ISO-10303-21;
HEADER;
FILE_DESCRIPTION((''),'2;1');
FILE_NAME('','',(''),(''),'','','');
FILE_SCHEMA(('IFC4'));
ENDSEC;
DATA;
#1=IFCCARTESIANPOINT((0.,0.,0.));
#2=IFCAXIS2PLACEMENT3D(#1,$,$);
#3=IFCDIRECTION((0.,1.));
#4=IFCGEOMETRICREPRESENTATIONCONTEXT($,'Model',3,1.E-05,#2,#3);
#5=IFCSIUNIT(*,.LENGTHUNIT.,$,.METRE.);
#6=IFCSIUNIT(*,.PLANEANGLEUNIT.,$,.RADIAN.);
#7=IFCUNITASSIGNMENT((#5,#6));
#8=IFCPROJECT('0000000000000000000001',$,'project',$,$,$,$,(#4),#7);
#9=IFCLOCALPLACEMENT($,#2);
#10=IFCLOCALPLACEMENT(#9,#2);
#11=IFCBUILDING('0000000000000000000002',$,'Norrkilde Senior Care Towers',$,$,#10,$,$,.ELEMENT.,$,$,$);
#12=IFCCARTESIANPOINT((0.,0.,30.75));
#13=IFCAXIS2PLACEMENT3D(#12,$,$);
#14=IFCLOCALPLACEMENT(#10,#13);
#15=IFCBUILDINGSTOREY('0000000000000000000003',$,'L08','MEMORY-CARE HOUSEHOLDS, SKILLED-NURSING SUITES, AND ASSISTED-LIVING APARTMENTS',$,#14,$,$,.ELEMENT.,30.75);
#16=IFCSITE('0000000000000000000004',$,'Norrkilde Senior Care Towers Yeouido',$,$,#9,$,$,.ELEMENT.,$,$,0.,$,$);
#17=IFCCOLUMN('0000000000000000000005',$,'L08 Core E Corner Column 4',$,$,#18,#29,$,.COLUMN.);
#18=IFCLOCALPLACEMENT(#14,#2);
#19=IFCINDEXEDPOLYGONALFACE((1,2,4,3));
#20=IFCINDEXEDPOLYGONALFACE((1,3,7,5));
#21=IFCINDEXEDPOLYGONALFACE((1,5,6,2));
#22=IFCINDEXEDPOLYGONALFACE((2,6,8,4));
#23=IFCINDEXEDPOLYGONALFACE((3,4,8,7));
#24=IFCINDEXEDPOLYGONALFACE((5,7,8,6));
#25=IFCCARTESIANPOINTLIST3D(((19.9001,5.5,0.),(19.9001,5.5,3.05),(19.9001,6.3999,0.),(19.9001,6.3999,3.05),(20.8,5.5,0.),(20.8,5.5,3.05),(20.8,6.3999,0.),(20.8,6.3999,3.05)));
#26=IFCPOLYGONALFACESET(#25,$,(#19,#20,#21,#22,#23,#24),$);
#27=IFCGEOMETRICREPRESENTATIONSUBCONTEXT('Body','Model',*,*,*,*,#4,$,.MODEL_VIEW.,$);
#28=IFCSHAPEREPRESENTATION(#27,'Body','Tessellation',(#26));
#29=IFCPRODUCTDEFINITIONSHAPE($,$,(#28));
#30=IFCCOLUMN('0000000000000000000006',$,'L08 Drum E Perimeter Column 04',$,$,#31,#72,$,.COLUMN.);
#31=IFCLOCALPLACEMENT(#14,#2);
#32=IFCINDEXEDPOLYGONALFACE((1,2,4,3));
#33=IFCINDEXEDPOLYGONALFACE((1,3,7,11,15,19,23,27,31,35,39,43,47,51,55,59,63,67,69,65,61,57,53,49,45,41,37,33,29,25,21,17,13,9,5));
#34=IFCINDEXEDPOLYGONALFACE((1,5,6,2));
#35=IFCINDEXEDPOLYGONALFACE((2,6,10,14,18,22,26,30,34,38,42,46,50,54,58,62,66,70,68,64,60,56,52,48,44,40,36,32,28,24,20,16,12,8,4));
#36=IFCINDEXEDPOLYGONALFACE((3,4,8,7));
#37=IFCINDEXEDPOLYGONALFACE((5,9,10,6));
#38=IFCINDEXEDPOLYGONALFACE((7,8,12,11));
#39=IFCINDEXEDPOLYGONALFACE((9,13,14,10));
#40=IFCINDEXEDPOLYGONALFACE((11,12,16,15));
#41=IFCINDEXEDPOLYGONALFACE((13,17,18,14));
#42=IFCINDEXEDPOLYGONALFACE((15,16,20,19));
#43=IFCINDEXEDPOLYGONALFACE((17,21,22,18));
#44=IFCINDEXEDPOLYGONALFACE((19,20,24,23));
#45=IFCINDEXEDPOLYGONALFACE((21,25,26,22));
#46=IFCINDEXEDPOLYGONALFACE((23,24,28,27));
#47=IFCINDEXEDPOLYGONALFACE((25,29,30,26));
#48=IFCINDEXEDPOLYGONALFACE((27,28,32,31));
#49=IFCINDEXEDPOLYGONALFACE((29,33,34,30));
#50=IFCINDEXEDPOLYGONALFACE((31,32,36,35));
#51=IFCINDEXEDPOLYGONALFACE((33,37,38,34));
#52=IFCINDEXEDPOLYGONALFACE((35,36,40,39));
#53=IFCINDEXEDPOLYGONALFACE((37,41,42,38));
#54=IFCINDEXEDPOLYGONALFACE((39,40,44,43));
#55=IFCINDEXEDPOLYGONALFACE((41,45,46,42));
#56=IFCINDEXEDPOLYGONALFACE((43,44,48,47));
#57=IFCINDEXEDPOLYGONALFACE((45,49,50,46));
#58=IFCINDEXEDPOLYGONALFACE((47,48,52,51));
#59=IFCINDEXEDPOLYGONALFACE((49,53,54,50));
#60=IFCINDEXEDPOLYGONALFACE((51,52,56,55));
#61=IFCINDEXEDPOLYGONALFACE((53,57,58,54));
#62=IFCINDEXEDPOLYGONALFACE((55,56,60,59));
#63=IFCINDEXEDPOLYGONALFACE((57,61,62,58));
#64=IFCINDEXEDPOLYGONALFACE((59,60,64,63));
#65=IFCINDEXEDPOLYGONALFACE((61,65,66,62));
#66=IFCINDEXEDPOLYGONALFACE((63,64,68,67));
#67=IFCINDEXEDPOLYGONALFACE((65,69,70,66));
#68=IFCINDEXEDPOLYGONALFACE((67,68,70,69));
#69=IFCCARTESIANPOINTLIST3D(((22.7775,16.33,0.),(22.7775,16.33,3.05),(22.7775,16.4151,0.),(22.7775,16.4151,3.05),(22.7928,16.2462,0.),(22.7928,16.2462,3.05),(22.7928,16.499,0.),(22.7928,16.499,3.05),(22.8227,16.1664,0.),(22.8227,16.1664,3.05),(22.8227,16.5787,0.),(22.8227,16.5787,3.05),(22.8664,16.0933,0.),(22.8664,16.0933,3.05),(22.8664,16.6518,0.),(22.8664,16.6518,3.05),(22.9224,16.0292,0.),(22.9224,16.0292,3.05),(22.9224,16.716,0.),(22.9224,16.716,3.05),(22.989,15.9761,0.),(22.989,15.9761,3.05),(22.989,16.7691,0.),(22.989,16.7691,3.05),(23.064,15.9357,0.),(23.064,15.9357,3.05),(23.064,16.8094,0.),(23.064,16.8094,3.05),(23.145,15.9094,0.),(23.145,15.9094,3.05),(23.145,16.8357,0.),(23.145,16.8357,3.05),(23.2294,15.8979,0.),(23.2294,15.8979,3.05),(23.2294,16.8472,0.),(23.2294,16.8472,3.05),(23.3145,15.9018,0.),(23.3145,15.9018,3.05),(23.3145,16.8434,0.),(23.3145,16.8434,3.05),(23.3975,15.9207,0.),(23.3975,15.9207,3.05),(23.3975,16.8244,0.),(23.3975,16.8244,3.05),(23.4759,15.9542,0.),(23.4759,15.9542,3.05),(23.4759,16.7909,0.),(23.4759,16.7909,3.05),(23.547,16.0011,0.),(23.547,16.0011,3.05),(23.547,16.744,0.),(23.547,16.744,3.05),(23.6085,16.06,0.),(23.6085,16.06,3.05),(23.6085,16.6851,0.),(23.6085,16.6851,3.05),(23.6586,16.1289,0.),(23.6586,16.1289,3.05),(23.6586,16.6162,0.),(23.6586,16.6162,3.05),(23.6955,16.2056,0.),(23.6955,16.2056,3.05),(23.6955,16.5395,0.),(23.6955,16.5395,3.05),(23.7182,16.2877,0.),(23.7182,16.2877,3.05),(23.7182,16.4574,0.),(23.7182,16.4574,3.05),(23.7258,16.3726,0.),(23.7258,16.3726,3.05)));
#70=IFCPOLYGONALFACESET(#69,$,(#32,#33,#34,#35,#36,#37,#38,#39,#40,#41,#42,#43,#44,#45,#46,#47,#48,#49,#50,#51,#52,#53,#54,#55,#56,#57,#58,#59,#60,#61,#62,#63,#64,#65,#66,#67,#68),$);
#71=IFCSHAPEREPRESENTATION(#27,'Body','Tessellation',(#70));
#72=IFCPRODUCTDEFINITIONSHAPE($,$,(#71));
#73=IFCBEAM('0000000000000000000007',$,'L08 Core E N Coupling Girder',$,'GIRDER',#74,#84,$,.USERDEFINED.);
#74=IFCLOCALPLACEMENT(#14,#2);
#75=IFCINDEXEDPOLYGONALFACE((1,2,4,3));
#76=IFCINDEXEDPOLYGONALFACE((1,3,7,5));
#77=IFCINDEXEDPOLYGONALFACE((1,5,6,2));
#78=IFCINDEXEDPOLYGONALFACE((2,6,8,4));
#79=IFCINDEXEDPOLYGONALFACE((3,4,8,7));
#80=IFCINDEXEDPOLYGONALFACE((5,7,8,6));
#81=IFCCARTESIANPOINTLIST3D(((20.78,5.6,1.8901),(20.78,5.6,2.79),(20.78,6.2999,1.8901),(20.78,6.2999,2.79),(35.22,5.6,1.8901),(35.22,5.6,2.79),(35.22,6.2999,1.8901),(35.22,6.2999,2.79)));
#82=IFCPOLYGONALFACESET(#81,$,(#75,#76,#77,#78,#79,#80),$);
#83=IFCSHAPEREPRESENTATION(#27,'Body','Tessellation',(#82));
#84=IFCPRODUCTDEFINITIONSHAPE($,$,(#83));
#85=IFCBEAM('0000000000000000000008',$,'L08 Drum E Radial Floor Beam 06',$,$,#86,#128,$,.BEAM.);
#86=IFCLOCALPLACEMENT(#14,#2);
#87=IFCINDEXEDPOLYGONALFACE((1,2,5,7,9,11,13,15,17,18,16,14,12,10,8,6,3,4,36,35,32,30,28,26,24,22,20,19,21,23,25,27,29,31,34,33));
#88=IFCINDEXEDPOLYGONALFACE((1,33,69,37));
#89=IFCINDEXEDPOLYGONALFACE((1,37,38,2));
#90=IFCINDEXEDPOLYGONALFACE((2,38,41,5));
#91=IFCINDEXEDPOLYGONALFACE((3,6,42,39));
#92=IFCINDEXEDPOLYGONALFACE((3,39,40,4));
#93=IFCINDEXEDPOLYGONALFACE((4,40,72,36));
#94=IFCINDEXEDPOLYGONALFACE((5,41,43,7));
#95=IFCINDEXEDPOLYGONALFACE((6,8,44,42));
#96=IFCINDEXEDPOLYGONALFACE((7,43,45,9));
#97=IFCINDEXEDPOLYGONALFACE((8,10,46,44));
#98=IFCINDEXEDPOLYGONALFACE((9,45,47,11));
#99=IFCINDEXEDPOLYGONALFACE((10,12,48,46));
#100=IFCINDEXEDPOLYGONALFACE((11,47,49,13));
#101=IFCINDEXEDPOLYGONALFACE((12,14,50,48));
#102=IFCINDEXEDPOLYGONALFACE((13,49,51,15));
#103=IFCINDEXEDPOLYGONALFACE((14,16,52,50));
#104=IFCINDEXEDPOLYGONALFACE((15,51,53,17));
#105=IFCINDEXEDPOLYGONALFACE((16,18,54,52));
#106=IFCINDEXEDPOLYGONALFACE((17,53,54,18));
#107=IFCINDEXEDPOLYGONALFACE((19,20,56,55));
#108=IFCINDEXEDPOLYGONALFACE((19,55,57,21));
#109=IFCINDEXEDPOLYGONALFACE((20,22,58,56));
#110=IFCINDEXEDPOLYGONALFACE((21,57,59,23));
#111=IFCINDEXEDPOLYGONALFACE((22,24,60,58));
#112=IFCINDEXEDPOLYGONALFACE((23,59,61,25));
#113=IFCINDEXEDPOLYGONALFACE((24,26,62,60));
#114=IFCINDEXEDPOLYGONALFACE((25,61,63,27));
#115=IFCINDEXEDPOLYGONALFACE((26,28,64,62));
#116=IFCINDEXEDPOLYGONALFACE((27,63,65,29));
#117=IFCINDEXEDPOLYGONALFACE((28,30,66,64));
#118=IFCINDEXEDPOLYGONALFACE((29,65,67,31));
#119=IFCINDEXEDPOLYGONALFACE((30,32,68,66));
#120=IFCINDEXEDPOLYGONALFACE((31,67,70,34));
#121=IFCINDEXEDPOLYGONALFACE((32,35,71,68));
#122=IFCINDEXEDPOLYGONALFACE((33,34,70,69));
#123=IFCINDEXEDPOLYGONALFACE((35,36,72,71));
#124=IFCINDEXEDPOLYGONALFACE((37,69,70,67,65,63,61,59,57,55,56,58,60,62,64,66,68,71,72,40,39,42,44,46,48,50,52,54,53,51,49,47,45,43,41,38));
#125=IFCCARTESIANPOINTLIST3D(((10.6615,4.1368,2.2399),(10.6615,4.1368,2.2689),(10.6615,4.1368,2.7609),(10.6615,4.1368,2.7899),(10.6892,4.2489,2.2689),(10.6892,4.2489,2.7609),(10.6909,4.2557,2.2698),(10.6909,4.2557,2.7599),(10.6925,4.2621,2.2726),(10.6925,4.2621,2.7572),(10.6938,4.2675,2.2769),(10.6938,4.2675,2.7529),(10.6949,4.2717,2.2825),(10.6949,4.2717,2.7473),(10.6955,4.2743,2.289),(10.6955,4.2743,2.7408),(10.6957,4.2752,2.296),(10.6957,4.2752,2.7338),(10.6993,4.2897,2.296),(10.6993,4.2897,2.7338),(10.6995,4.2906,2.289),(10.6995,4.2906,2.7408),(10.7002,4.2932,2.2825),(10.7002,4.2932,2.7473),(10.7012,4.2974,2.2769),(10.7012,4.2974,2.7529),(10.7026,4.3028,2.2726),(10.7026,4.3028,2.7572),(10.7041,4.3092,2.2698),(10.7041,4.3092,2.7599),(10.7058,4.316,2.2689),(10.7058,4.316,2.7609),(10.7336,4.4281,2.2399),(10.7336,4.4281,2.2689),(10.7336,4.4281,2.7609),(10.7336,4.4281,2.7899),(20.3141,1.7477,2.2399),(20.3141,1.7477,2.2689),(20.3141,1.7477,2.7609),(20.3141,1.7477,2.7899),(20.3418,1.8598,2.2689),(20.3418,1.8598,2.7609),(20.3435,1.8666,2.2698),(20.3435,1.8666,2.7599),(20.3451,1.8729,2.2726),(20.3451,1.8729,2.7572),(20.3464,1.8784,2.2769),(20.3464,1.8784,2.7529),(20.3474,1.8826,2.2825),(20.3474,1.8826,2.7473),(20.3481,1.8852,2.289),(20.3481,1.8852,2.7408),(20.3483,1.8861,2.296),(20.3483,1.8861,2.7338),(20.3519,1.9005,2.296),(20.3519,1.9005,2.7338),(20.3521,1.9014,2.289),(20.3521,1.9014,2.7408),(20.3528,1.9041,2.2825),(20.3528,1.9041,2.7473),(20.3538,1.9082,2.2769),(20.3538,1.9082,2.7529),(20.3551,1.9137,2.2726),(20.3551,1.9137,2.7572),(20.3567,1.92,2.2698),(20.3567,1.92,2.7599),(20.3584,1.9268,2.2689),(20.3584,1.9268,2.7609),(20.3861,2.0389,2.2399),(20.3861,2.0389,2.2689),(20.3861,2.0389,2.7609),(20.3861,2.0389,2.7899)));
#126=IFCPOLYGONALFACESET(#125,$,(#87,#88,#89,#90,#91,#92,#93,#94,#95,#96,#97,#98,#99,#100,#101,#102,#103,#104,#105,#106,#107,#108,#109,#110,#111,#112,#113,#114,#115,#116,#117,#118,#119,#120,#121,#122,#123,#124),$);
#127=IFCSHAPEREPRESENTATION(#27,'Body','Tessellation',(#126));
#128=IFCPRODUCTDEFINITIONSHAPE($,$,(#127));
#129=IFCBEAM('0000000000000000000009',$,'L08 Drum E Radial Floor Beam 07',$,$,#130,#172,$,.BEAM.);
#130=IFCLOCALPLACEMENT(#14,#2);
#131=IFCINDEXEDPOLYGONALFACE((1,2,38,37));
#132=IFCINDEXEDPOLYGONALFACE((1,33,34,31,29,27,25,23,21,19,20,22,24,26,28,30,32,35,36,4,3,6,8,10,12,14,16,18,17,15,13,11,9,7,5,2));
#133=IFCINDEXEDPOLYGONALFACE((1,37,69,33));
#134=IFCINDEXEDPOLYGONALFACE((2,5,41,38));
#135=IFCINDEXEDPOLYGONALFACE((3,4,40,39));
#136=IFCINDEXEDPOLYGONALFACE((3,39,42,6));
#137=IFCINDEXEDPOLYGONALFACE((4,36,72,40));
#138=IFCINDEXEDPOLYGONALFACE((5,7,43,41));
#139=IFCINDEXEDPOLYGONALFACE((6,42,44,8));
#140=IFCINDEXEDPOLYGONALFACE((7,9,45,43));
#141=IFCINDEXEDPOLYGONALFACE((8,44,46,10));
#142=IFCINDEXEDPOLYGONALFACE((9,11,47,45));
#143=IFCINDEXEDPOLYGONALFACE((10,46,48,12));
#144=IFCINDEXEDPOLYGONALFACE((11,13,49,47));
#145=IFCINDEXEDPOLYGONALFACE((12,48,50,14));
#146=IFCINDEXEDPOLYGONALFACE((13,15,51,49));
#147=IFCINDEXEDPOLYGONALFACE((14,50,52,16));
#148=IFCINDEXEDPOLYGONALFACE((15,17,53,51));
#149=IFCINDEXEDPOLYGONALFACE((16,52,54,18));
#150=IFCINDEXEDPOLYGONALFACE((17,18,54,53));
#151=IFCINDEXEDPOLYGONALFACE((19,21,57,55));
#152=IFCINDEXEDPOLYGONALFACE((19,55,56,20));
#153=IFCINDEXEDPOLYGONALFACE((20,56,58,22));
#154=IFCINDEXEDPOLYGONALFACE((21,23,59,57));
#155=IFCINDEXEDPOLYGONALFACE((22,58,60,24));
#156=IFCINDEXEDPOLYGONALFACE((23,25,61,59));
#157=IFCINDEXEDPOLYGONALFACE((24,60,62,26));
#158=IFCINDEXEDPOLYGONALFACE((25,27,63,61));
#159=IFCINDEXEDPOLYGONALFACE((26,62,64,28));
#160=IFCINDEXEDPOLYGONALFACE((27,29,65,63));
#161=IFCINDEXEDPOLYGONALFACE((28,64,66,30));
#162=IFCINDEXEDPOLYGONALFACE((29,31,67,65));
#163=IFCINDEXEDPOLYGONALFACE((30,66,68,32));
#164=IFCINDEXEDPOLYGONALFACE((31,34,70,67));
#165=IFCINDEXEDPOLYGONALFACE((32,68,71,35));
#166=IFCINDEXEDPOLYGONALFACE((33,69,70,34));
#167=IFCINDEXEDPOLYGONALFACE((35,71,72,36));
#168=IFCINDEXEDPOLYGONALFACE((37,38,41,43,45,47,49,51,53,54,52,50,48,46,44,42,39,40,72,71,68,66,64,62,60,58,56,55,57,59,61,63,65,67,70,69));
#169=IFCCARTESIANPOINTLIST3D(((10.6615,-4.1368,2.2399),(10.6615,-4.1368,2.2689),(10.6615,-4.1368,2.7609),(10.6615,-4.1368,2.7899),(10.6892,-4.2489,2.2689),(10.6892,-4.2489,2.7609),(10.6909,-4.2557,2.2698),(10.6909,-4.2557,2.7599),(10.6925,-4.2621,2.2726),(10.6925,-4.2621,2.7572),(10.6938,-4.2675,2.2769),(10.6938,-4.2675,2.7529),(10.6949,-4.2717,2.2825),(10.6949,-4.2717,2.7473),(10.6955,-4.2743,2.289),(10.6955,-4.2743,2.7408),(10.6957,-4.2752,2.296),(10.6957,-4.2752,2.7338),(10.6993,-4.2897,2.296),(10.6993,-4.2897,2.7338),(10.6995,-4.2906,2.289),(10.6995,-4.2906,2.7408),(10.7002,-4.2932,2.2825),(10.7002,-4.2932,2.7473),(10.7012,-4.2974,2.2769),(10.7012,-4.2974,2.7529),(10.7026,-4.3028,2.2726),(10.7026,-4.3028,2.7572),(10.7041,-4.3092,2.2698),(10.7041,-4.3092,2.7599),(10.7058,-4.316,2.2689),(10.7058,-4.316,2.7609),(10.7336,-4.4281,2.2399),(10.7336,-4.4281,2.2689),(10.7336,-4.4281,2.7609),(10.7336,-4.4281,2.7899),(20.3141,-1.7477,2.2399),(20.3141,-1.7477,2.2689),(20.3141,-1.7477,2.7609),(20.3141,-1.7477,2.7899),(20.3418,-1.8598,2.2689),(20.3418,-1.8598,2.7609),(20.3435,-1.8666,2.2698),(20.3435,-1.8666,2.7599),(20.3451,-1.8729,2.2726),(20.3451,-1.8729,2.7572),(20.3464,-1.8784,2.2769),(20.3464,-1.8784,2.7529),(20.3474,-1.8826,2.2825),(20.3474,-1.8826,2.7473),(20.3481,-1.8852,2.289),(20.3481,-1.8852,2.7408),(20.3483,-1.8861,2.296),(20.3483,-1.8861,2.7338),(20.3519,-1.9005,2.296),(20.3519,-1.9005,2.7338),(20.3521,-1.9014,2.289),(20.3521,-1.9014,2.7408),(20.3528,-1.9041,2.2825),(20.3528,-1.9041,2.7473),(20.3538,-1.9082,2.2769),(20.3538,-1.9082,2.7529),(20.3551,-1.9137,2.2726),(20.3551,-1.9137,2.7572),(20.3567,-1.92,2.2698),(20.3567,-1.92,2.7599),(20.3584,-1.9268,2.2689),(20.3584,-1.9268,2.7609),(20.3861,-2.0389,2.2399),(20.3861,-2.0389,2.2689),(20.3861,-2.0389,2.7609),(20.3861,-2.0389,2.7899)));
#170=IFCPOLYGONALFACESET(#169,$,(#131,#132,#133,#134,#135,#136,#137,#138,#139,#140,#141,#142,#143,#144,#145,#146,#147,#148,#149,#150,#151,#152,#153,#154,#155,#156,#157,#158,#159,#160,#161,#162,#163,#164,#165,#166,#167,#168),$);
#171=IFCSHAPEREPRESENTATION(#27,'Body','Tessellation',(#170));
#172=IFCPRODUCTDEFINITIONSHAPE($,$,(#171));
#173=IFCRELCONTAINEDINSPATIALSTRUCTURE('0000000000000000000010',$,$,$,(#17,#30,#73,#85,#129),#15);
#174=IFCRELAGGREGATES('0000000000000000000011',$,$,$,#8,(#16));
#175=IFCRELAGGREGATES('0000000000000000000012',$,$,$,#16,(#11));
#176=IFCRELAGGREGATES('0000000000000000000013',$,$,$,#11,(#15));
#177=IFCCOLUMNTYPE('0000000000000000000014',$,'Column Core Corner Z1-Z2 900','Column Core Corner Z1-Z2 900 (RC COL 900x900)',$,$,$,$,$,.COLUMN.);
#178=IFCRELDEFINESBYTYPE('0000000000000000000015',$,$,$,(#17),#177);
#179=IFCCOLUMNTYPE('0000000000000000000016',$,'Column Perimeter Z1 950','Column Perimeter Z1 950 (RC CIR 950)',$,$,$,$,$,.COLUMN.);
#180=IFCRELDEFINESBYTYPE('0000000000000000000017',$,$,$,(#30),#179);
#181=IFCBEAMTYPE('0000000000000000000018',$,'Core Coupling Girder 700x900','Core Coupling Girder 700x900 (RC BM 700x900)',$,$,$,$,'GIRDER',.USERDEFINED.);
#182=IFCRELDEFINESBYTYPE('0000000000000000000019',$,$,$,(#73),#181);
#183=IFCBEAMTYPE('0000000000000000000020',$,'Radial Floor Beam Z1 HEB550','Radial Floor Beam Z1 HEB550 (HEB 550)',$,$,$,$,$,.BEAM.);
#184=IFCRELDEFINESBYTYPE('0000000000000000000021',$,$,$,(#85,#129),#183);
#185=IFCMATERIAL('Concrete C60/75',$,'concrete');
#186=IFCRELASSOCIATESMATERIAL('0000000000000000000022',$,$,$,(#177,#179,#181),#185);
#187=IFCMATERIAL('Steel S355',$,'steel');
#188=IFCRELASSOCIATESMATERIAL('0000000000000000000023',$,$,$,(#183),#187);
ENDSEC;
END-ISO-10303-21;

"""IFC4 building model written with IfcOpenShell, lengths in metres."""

from ifc_helpers import new_model, si_unit, direction, frame, origin, origin_2d, place, context, subcontext, project, spatial, rectangle, circle, i_section, extrude, source, transform, mapped, material, material_profile, profile_set, type_object, type_shapes, element, save


model = new_model("IFC4")

# Units and contexts
model_context = context("Model", 3, precision=1e-05, world=origin(), true_north=direction((0.0, 1.0)))
body_context = subcontext(model_context, "Body", "Model", "MODEL_VIEW")
ifc_project = project(units=[si_unit("LENGTHUNIT", "METRE"), si_unit("PLANEANGLEUNIT", "RADIAN")], contexts=[model_context])

# Site, building, storey
site_placement = place(None, origin())
site = spatial("IfcSite", under=ifc_project, at=site_placement, Name="Norrkilde Senior Care Towers Yeouido", CompositionType="ELEMENT", RefElevation=0.0)
building_placement = place(site_placement, origin())
building = spatial("IfcBuilding", under=site, at=building_placement, Name="Norrkilde Senior Care Towers", CompositionType="ELEMENT")
storey_placement = place(building_placement, frame((0.0, 0.0, 30.75)))
storey = spatial("IfcBuildingStorey", under=building, at=storey_placement, Name="L08", Description="MEMORY-CARE HOUSEHOLDS, SKILLED-NURSING SUITES, AND ASSISTED-LIVING APARTMENTS", CompositionType="ELEMENT", Elevation=30.75)

# Columns
ifc_material_1 = material(Name="Concrete C60/75", Category="concrete")
ifc_material_profile_1 = material_profile(ifc_material_1, rectangle(XDim=0.8999, YDim=0.8999, at=origin_2d()), Name="RC COL 900x900")
ifc_profile_set_1 = profile_set([ifc_material_profile_1], Name="Concrete C60/75")
column_type_1 = type_object("IfcColumnType", Name="Column Core Corner Z1-Z2 900", Description="Column Core Corner Z1-Z2 900 (RC COL 900x900)", PredefinedType="COLUMN", material=ifc_profile_set_1)
shared_shape_1 = source(origin(), body_context, "Body", "SweptSolid", [
    extrude(rectangle(XDim=0.8999, YDim=0.8999, at=origin_2d()), origin(), (0.0, 0.0, 1.0), 3.05),
])
type_shapes(column_type_1, [shared_shape_1])
column_1_placement = place(storey_placement, frame((20.3501, 5.95, 0.0), z_axis=(0.0, 0.0, 1.0), x_axis=(1.0, 0.0, 0.0)))
element("IfcColumn", 1, at=column_1_placement, inside=storey, type_object=column_type_1, Name="L08 Core E Corner Column 4", PredefinedType="COLUMN", context=body_context, shape_type="MappedRepresentation", body=[
    mapped(shared_shape_1, transform((0.0, 0.0, 0.0), x_axis=(1.0, 0.0, 0.0), y_axis=(0.0, 1.0, 0.0), z_axis=(0.0, 0.0, 1.0), scale=1.0)),
])
ifc_material_profile_2 = material_profile(ifc_material_1, circle(Radius=0.4751, at=origin_2d()), Name="RC CIR 950")
ifc_profile_set_2 = profile_set([ifc_material_profile_2], Name="Concrete C60/75")
column_type_2 = type_object("IfcColumnType", Name="Column Perimeter Z1 950", Description="Column Perimeter Z1 950 (RC CIR 950)", PredefinedType="COLUMN", material=ifc_profile_set_2)
shared_shape_2 = source(origin(), body_context, "Body", "SweptSolid", [
    extrude(circle(Radius=0.4751, at=origin_2d()), origin(), (0.0, 0.0, 1.0), 3.05),
])
type_shapes(column_type_2, [shared_shape_2])
column_2_placement = place(storey_placement, frame((23.2507, 16.3726, 0.0), z_axis=(0.0, 0.0, 1.0), x_axis=(1.0, 0.0, 0.0)))
element("IfcColumn", 2, at=column_2_placement, inside=storey, type_object=column_type_2, Name="L08 Drum E Perimeter Column 04", PredefinedType="COLUMN", context=body_context, shape_type="MappedRepresentation", body=[
    mapped(shared_shape_2, transform((0.0, 0.0, 0.0), x_axis=(1.0, 0.0, 0.0), y_axis=(0.0, 1.0, 0.0), z_axis=(0.0, 0.0, 1.0), scale=1.0)),
])

# Beams
ifc_material_profile_3 = material_profile(ifc_material_1, rectangle(XDim=0.7, YDim=0.8999, at=origin_2d()), Name="RC BM 700x900")
ifc_profile_set_3 = profile_set([ifc_material_profile_3], Name="Concrete C60/75")
beam_type_1 = type_object("IfcBeamType", Name="Core Coupling Girder 700x900", Description="Core Coupling Girder 700x900 (RC BM 700x900)", ElementType="GIRDER", PredefinedType="USERDEFINED", material=ifc_profile_set_3)
shared_shape_3 = source(origin(), body_context, "Body", "SweptSolid", [
    extrude(rectangle(XDim=0.7, YDim=0.8999, at=origin_2d()), origin(), (0.0, 0.0, 1.0), 14.4399),
])
type_shapes(beam_type_1, [shared_shape_3])
beam_1_placement = place(storey_placement, frame((20.78, 5.95, 2.3401), z_axis=(1.0, 0.0, 0.0), x_axis=(0.0, 1.0, 0.0)))
element("IfcBeam", 3, at=beam_1_placement, inside=storey, type_object=beam_type_1, Name="L08 Core E N Coupling Girder", ObjectType="GIRDER", PredefinedType="USERDEFINED", context=body_context, shape_type="MappedRepresentation", body=[
    mapped(shared_shape_3, transform((0.0, 0.0, 0.0), x_axis=(1.0, 0.0, 0.0), y_axis=(0.0, 1.0, 0.0), z_axis=(0.0, 0.0, 1.0), scale=1.0)),
])
ifc_material_2 = material(Name="Steel S355", Category="steel")
ifc_material_profile_4 = material_profile(ifc_material_2, i_section(OverallWidth=0.3, OverallDepth=0.55, WebThickness=0.0149, FlangeThickness=0.0291, FilletRadius=0.0271, at=origin_2d()), Name="HEB 550")
ifc_profile_set_4 = profile_set([ifc_material_profile_4], Name="Steel S355")
beam_type_2 = type_object("IfcBeamType", Name="Radial Floor Beam Z1 HEB550", Description="Radial Floor Beam Z1 HEB550 (HEB 550)", PredefinedType="BEAM", material=ifc_profile_set_4)
shared_shape_4 = source(origin(), body_context, "Body", "SweptSolid", [
    extrude(i_section(OverallWidth=0.3, OverallDepth=0.55, WebThickness=0.0149, FlangeThickness=0.0291, FilletRadius=0.0271, at=origin_2d()), origin(), (0.0, 0.0, 1.0), 9.9438),
])
for number, where, z_axis, x_axis, name in (
    (4, (20.3501, 1.8933, 2.5149), (-0.970707, 0.240265, 0.0), (-0.240265, -0.970707, 0.0), "L08 Drum E Radial Floor Beam 06"),
    (5, (20.3501, -1.8933, 2.5149), (-0.970707, -0.240265, 0.0), (0.240265, -0.970707, 0.0), "L08 Drum E Radial Floor Beam 07"),
):
    element("IfcBeam", number, at=place(storey_placement, frame(where, z_axis=z_axis, x_axis=x_axis)), inside=storey, type_object=beam_type_2, Name=name, PredefinedType="BEAM", context=body_context, shape_type="MappedRepresentation", body=[
        mapped(shared_shape_4, transform((0.0, 0.0, 0.0), x_axis=(1.0, 0.0, 0.0), y_axis=(0.0, 1.0, 0.0), z_axis=(0.0, 0.0, 1.0), scale=1.0)),
    ])

save(model, "model.ifc")
